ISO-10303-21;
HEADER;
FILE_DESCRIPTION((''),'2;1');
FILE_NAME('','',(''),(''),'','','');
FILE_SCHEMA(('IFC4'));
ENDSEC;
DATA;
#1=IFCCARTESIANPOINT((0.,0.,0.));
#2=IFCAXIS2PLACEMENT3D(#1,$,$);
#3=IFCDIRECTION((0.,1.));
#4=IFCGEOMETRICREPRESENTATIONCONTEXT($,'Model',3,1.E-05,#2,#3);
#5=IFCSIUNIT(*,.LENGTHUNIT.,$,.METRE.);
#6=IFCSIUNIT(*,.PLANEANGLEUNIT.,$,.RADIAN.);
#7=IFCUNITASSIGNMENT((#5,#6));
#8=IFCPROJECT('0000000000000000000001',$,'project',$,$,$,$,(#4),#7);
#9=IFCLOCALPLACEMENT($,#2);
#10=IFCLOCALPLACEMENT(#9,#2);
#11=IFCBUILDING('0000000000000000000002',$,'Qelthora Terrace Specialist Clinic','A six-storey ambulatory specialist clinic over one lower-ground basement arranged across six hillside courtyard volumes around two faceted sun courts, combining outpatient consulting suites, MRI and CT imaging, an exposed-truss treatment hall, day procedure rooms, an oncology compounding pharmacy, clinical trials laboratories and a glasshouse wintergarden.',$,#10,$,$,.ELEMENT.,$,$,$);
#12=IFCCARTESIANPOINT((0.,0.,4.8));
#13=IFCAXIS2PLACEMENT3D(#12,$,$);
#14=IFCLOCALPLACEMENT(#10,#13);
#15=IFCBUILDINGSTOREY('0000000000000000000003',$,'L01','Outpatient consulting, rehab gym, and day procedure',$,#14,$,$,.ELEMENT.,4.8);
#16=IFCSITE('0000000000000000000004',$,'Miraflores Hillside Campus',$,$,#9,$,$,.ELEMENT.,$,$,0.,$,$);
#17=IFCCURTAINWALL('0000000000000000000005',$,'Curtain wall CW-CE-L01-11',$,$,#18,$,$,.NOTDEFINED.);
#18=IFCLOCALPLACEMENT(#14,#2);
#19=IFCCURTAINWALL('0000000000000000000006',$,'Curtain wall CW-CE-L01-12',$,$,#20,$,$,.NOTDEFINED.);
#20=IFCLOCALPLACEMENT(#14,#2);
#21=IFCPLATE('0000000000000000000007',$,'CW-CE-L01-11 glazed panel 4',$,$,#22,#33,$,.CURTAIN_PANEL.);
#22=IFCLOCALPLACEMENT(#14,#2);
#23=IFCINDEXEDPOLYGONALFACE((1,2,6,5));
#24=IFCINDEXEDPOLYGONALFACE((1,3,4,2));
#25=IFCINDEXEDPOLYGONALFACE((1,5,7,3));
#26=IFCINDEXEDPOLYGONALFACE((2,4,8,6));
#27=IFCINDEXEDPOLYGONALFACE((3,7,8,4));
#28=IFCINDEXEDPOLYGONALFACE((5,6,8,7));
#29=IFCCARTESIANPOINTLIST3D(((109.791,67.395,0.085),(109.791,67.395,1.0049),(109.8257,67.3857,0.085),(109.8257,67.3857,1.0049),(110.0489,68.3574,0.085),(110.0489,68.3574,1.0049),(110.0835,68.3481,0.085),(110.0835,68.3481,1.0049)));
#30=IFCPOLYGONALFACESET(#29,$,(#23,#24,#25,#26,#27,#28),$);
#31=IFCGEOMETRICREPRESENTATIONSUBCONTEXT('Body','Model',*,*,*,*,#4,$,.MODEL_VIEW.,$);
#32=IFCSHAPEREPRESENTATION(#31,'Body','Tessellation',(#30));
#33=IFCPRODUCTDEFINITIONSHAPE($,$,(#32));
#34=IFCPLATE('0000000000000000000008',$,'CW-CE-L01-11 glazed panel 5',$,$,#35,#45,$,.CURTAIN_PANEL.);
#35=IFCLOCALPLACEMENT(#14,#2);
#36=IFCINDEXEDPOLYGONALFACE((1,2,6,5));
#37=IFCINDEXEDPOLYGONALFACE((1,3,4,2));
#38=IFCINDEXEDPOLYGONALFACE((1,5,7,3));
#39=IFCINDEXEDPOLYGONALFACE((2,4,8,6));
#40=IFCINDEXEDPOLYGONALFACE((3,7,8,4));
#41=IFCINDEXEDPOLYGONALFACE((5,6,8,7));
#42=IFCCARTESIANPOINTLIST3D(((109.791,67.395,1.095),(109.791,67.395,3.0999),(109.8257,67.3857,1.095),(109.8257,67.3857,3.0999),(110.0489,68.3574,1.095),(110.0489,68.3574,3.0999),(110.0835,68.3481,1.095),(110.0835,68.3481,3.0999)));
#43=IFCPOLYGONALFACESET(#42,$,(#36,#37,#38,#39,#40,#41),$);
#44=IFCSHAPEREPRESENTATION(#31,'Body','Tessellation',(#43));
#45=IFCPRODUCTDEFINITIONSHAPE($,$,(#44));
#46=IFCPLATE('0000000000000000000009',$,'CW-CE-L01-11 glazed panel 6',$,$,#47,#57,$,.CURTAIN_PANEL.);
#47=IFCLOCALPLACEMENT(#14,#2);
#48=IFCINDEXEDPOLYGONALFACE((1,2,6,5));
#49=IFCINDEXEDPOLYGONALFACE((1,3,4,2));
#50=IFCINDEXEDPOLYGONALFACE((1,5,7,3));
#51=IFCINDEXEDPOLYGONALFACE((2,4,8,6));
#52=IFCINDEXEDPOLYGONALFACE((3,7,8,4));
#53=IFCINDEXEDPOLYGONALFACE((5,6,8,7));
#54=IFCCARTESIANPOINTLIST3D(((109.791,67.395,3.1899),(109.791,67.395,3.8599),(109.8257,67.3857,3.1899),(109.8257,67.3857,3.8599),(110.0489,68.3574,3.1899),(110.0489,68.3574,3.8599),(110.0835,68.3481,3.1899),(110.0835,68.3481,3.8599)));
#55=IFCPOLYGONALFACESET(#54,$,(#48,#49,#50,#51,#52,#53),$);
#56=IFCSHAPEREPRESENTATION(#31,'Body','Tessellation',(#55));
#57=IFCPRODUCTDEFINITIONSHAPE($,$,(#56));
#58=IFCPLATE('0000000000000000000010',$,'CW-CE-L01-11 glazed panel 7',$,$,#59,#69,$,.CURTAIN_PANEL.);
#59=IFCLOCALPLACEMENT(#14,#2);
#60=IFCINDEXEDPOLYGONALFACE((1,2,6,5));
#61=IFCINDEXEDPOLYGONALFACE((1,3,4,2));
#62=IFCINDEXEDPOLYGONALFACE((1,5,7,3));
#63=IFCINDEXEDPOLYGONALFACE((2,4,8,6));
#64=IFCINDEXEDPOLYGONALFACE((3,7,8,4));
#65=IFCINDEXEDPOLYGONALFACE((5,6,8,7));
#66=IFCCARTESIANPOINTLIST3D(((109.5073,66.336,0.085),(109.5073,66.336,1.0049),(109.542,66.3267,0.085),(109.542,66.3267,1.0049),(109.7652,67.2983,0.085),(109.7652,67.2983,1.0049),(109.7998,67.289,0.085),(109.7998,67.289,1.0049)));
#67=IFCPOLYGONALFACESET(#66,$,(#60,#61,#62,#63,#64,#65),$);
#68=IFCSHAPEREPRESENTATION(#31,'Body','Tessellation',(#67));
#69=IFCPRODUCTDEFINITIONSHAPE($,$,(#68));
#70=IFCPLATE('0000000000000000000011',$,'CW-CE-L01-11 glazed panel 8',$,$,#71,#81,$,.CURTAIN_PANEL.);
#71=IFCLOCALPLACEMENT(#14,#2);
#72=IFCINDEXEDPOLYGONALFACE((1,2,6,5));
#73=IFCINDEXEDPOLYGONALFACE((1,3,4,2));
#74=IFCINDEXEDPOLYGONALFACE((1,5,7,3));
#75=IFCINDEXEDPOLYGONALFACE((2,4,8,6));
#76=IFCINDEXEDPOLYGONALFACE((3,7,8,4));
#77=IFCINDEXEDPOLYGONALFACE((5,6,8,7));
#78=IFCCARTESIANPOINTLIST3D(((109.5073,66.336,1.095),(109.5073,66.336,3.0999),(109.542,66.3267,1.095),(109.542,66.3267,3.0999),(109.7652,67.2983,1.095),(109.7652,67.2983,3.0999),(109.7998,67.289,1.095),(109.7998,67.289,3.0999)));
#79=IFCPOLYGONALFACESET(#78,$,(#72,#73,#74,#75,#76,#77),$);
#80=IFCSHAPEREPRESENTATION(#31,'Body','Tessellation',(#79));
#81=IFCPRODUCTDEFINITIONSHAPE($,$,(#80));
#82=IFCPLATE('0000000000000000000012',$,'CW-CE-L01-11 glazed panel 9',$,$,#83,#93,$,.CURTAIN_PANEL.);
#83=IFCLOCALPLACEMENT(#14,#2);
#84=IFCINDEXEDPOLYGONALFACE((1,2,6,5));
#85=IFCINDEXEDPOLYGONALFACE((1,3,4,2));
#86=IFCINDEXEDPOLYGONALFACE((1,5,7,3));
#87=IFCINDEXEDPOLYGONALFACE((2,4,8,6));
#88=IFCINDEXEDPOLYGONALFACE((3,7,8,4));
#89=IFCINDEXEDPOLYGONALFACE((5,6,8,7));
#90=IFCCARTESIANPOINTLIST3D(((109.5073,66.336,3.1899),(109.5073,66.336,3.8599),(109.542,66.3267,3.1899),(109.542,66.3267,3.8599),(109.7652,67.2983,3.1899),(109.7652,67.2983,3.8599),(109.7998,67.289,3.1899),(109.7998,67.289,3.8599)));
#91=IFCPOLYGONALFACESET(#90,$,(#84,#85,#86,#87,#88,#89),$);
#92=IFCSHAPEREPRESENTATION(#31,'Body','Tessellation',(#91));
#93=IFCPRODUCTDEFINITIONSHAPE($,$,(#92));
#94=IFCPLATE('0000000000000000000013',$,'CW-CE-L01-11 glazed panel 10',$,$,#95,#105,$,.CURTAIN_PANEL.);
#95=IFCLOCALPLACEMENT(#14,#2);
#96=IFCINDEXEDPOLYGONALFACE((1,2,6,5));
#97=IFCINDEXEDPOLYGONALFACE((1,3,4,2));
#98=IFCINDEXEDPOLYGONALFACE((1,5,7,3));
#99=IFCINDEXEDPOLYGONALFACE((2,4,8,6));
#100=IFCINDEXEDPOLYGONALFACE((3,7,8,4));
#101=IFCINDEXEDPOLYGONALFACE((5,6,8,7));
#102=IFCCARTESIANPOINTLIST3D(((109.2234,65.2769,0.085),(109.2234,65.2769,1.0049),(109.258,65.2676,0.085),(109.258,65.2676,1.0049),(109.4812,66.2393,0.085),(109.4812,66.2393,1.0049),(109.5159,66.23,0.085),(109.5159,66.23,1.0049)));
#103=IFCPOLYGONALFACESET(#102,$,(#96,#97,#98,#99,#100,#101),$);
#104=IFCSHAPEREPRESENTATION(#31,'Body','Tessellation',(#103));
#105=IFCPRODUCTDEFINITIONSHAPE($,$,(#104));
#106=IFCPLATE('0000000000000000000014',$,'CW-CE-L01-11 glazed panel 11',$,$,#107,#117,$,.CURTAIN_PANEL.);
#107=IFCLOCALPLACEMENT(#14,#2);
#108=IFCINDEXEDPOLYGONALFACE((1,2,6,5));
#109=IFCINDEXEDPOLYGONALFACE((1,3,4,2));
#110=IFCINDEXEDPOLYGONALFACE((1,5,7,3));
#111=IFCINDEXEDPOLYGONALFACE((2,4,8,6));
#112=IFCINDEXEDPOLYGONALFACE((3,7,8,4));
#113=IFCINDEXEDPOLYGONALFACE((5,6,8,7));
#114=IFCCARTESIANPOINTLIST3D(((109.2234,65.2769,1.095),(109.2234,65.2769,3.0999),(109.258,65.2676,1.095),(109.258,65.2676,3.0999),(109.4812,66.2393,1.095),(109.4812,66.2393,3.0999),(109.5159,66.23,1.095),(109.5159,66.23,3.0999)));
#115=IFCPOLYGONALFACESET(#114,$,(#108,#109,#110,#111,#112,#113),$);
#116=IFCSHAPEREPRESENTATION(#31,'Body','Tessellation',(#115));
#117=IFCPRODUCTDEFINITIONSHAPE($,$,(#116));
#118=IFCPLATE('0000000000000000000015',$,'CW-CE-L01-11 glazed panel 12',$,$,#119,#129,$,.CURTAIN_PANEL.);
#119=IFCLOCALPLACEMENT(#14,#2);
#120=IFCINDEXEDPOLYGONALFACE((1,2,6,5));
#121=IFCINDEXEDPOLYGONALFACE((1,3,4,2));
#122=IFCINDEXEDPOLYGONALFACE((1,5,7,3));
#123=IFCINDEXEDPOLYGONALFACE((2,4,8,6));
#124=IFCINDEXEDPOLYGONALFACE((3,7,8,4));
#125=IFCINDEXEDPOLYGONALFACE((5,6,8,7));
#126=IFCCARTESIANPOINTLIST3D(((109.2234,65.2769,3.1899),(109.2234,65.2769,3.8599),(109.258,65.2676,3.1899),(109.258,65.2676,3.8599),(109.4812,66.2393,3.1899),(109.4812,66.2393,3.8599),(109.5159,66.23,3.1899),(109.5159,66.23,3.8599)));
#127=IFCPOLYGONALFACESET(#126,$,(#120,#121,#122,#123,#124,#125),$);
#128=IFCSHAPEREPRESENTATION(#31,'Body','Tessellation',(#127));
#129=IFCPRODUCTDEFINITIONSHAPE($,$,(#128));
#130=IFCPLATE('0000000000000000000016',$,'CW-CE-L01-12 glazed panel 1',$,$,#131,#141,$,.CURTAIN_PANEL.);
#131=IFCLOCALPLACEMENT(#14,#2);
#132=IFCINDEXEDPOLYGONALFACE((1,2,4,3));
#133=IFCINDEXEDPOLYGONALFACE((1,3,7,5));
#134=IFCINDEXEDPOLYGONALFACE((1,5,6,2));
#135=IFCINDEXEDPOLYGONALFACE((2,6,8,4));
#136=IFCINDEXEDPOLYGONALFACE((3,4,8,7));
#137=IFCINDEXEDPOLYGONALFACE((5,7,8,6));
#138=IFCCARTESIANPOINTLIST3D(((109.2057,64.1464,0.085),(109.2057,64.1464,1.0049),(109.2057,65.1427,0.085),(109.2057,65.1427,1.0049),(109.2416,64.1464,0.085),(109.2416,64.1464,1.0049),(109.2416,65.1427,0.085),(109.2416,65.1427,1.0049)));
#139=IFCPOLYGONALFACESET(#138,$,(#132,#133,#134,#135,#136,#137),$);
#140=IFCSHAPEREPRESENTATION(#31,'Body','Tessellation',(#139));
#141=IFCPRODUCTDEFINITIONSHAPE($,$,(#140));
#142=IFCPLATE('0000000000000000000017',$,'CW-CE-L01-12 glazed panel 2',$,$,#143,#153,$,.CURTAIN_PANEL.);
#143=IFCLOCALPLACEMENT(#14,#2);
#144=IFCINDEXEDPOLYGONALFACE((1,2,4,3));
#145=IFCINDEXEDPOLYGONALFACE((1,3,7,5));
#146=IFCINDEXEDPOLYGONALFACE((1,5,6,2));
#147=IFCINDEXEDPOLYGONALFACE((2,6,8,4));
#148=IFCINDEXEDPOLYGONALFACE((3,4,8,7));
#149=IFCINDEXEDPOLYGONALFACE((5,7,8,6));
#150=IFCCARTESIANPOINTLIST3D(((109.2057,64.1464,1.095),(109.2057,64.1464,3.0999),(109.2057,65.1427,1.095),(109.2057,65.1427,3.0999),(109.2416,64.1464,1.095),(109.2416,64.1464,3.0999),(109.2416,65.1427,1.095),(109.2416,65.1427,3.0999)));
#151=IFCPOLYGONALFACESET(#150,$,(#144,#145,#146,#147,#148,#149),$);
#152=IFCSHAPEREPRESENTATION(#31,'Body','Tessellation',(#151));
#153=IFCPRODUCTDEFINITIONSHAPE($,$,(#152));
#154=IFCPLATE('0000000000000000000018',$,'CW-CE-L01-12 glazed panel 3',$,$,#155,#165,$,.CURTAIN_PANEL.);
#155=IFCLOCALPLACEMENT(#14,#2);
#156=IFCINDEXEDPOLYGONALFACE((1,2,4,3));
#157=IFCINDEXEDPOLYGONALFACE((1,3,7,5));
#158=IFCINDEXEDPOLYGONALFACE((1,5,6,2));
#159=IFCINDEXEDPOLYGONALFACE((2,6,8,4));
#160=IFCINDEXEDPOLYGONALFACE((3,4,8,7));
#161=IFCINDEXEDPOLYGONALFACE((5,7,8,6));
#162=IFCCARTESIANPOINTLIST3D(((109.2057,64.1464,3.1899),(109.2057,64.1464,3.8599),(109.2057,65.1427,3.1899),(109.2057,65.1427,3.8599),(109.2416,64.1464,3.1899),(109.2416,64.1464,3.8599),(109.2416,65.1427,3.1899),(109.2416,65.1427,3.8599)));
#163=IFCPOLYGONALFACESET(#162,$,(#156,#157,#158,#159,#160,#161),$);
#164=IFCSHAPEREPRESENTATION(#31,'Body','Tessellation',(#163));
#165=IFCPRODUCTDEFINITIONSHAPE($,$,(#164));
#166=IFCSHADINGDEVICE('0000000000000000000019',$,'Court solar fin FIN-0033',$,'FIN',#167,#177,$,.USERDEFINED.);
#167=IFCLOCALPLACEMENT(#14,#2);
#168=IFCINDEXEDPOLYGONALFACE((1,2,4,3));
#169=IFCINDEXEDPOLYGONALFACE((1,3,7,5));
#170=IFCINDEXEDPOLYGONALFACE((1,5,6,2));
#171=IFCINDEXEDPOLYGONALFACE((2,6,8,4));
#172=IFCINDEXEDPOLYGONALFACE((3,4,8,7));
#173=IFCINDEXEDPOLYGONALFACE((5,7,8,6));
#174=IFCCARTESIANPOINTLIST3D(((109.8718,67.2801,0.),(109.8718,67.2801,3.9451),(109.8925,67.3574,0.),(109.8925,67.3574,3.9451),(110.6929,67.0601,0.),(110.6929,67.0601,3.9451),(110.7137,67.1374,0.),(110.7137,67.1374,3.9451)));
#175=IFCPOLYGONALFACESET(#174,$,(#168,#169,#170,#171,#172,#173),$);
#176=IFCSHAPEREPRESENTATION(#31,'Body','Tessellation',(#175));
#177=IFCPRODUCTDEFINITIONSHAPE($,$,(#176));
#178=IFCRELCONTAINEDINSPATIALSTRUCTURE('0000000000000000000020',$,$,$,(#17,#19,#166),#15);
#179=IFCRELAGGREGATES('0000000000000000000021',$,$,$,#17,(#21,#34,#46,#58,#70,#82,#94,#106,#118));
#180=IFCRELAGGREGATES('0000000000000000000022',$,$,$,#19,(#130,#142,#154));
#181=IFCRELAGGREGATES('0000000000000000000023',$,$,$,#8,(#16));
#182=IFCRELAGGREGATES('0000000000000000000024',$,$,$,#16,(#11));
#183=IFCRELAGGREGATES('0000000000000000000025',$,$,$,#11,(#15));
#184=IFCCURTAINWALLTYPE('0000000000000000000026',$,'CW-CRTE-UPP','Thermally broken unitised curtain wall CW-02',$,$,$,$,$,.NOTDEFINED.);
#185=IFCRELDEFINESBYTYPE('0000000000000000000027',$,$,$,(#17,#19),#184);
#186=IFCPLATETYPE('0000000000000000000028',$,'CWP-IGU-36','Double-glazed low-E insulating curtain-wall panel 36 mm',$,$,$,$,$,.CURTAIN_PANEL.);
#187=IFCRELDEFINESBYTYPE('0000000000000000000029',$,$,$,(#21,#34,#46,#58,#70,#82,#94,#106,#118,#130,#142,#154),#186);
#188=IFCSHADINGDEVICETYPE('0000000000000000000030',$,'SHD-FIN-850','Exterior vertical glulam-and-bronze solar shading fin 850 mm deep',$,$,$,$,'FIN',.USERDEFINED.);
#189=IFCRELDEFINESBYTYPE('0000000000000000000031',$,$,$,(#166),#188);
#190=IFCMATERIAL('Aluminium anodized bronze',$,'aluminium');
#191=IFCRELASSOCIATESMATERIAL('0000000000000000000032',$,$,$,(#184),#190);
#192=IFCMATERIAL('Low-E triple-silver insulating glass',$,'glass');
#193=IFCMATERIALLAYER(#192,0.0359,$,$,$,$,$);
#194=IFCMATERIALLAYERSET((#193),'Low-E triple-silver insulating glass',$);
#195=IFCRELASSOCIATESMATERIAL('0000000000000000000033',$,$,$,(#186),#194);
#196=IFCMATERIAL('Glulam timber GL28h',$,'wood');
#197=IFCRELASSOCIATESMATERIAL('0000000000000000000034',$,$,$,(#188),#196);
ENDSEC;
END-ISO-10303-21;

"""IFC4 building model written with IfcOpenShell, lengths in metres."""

from ifc_helpers import new_model, si_unit, direction, frame, origin, origin_2d, place, context, subcontext, project, spatial, rectangle, extrude, material, layer, layer_set, type_object, element, aggregate, save


model = new_model("IFC4")

# Units and contexts
model_context = context("Model", 3, precision=1e-05, world=origin(), true_north=direction((0.0, 1.0)))
body_context = subcontext(model_context, "Body", "Model", "MODEL_VIEW")
ifc_project = project(units=[si_unit("LENGTHUNIT", "METRE"), si_unit("PLANEANGLEUNIT", "RADIAN")], contexts=[model_context])

# Site, building, storey
site_placement = place(None, origin())
site = spatial("IfcSite", under=ifc_project, at=site_placement, Name="Miraflores Hillside Campus", CompositionType="ELEMENT", RefElevation=0.0)
building_placement = place(site_placement, origin())
building = spatial("IfcBuilding", under=site, at=building_placement, Name="Qelthora Terrace Specialist Clinic", Description="A six-storey ambulatory specialist clinic over one lower-ground basement arranged across six hillside courtyard volumes around two faceted sun courts, combining outpatient consulting suites, MRI and CT imaging, an exposed-truss treatment hall, day procedure rooms, an oncology compounding pharmacy, clinical trials laboratories and a glasshouse wintergarden.", CompositionType="ELEMENT")
storey_placement = place(building_placement, frame((0.0, 0.0, 4.8)))
storey = spatial("IfcBuildingStorey", under=building, at=storey_placement, Name="L01", Description="Outpatient consulting, rehab gym, and day procedure", CompositionType="ELEMENT", Elevation=4.8)

# Curtain walls
ifc_material_1 = material(Name="Aluminium anodized bronze", Category="aluminium")
curtain_wall_type = type_object("IfcCurtainWallType", Name="CW-CRTE-UPP", Description="Thermally broken unitised curtain wall CW-02", PredefinedType="NOTDEFINED", material=ifc_material_1)
curtain_wall_1_placement = place(storey_placement, origin())
curtain_wall_1 = element("IfcCurtainWall", 1, at=curtain_wall_1_placement, inside=storey, type_object=curtain_wall_type, Name="Curtain wall CW-CE-L01-11", PredefinedType="NOTDEFINED")
curtain_wall_2_placement = place(storey_placement, origin())
curtain_wall_2 = element("IfcCurtainWall", 2, at=curtain_wall_2_placement, inside=storey, type_object=curtain_wall_type, Name="Curtain wall CW-CE-L01-12", PredefinedType="NOTDEFINED")

# Plates
ifc_material_2 = material(Name="Low-E triple-silver insulating glass", Category="glass")
ifc_layer = layer(ifc_material_2, 0.0359)
ifc_layer_set = layer_set([ifc_layer], Name="Low-E triple-silver insulating glass")
plate_type = type_object("IfcPlateType", Name="CWP-IGU-36", Description="Double-glazed low-E insulating curtain-wall panel 36 mm", PredefinedType="CURTAIN_PANEL", material=ifc_layer_set)
plate_1_placement = place(storey_placement, frame((109.9373, 67.8716, 0.085), z_axis=(0.0, 0.0, 1.0), x_axis=(-0.258819, -0.965926, 0.0)))
plate_1 = element("IfcPlate", 3, at=plate_1_placement, type_object=plate_type, Name="CW-CE-L01-11 glazed panel 4", PredefinedType="CURTAIN_PANEL", context=body_context, shape_type="SweptSolid", body=[
    extrude(rectangle(XDim=0.9963, YDim=0.0359, at=origin_2d()), origin(), (0.0, 0.0, 1.0), 0.9199),
])
plate_2_placement = place(storey_placement, frame((109.9373, 67.8716, 1.095), z_axis=(0.0, 0.0, 1.0), x_axis=(-0.258819, -0.965926, 0.0)))
plate_2 = element("IfcPlate", 4, at=plate_2_placement, type_object=plate_type, Name="CW-CE-L01-11 glazed panel 5", PredefinedType="CURTAIN_PANEL", context=body_context, shape_type="SweptSolid", body=[
    extrude(rectangle(XDim=0.9963, YDim=0.0359, at=origin_2d()), origin(), (0.0, 0.0, 1.0), 2.0049),
])
plate_3_placement = place(storey_placement, frame((109.9373, 67.8716, 3.1899), z_axis=(0.0, 0.0, 1.0), x_axis=(-0.258819, -0.965926, 0.0)))
plate_3 = element("IfcPlate", 5, at=plate_3_placement, type_object=plate_type, Name="CW-CE-L01-11 glazed panel 6", PredefinedType="CURTAIN_PANEL", context=body_context, shape_type="SweptSolid", body=[
    extrude(rectangle(XDim=0.9963, YDim=0.0359, at=origin_2d()), origin(), (0.0, 0.0, 1.0), 0.6699),
])
plate_4_placement = place(storey_placement, frame((109.6536, 66.8125, 0.085), z_axis=(0.0, 0.0, 1.0), x_axis=(-0.258819, -0.965926, 0.0)))
plate_4 = element("IfcPlate", 6, at=plate_4_placement, type_object=plate_type, Name="CW-CE-L01-11 glazed panel 7", PredefinedType="CURTAIN_PANEL", context=body_context, shape_type="SweptSolid", body=[
    extrude(rectangle(XDim=0.9963, YDim=0.0359, at=origin_2d()), origin(), (0.0, 0.0, 1.0), 0.9199),
])
plate_5_placement = place(storey_placement, frame((109.6536, 66.8125, 1.095), z_axis=(0.0, 0.0, 1.0), x_axis=(-0.258819, -0.965926, 0.0)))
plate_5 = element("IfcPlate", 7, at=plate_5_placement, type_object=plate_type, Name="CW-CE-L01-11 glazed panel 8", PredefinedType="CURTAIN_PANEL", context=body_context, shape_type="SweptSolid", body=[
    extrude(rectangle(XDim=0.9963, YDim=0.0359, at=origin_2d()), origin(), (0.0, 0.0, 1.0), 2.0049),
])
plate_6_placement = place(storey_placement, frame((109.6536, 66.8125, 3.1899), z_axis=(0.0, 0.0, 1.0), x_axis=(-0.258819, -0.965926, 0.0)))
plate_6 = element("IfcPlate", 8, at=plate_6_placement, type_object=plate_type, Name="CW-CE-L01-11 glazed panel 9", PredefinedType="CURTAIN_PANEL", context=body_context, shape_type="SweptSolid", body=[
    extrude(rectangle(XDim=0.9963, YDim=0.0359, at=origin_2d()), origin(), (0.0, 0.0, 1.0), 0.6699),
])
plate_7_placement = place(storey_placement, frame((109.3696, 65.7534, 0.085), z_axis=(0.0, 0.0, 1.0), x_axis=(-0.258819, -0.965926, 0.0)))
plate_7 = element("IfcPlate", 9, at=plate_7_placement, type_object=plate_type, Name="CW-CE-L01-11 glazed panel 10", PredefinedType="CURTAIN_PANEL", context=body_context, shape_type="SweptSolid", body=[
    extrude(rectangle(XDim=0.9963, YDim=0.0359, at=origin_2d()), origin(), (0.0, 0.0, 1.0), 0.9199),
])
plate_8_placement = place(storey_placement, frame((109.3696, 65.7534, 1.095), z_axis=(0.0, 0.0, 1.0), x_axis=(-0.258819, -0.965926, 0.0)))
plate_8 = element("IfcPlate", 10, at=plate_8_placement, type_object=plate_type, Name="CW-CE-L01-11 glazed panel 11", PredefinedType="CURTAIN_PANEL", context=body_context, shape_type="SweptSolid", body=[
    extrude(rectangle(XDim=0.9963, YDim=0.0359, at=origin_2d()), origin(), (0.0, 0.0, 1.0), 2.0049),
])
plate_9_placement = place(storey_placement, frame((109.3696, 65.7534, 3.1899), z_axis=(0.0, 0.0, 1.0), x_axis=(-0.258819, -0.965926, 0.0)))
plate_9 = element("IfcPlate", 11, at=plate_9_placement, type_object=plate_type, Name="CW-CE-L01-11 glazed panel 12", PredefinedType="CURTAIN_PANEL", context=body_context, shape_type="SweptSolid", body=[
    extrude(rectangle(XDim=0.9963, YDim=0.0359, at=origin_2d()), origin(), (0.0, 0.0, 1.0), 0.6699),
])
aggregate(curtain_wall_1, [plate_1, plate_2, plate_3, plate_4, plate_5, plate_6, plate_7, plate_8, plate_9])
plate_10_placement = place(storey_placement, frame((109.2236, 64.6445, 0.085), z_axis=(0.0, 0.0, 1.0), x_axis=(0.0, -1.0, 0.0)))
plate_10 = element("IfcPlate", 12, at=plate_10_placement, type_object=plate_type, Name="CW-CE-L01-12 glazed panel 1", PredefinedType="CURTAIN_PANEL", context=body_context, shape_type="SweptSolid", body=[
    extrude(rectangle(XDim=0.9963, YDim=0.0359, at=origin_2d()), origin(), (0.0, 0.0, 1.0), 0.9199),
])
plate_11_placement = place(storey_placement, frame((109.2236, 64.6445, 1.095), z_axis=(0.0, 0.0, 1.0), x_axis=(0.0, -1.0, 0.0)))
plate_11 = element("IfcPlate", 13, at=plate_11_placement, type_object=plate_type, Name="CW-CE-L01-12 glazed panel 2", PredefinedType="CURTAIN_PANEL", context=body_context, shape_type="SweptSolid", body=[
    extrude(rectangle(XDim=0.9963, YDim=0.0359, at=origin_2d()), origin(), (0.0, 0.0, 1.0), 2.0049),
])
plate_12_placement = place(storey_placement, frame((109.2236, 64.6445, 3.1899), z_axis=(0.0, 0.0, 1.0), x_axis=(0.0, -1.0, 0.0)))
plate_12 = element("IfcPlate", 14, at=plate_12_placement, type_object=plate_type, Name="CW-CE-L01-12 glazed panel 3", PredefinedType="CURTAIN_PANEL", context=body_context, shape_type="SweptSolid", body=[
    extrude(rectangle(XDim=0.9963, YDim=0.0359, at=origin_2d()), origin(), (0.0, 0.0, 1.0), 0.6699),
])
aggregate(curtain_wall_2, [plate_10, plate_11, plate_12])

# Shading device
ifc_material_3 = material(Name="Glulam timber GL28h", Category="wood")
shading_device_type = type_object("IfcShadingDeviceType", Name="SHD-FIN-850", Description="Exterior vertical glulam-and-bronze solar shading fin 850 mm deep", ElementType="FIN", PredefinedType="USERDEFINED", material=ifc_material_3)
shading_device_placement = place(storey_placement, frame((110.2927, 67.2087, 0.0), z_axis=(0.0, 0.0, 1.0), x_axis=(0.965926, -0.258819, 0.0)))
element("IfcShadingDevice", 15, at=shading_device_placement, inside=storey, type_object=shading_device_type, Name="Court solar fin FIN-0033", ObjectType="FIN", PredefinedType="USERDEFINED", context=body_context, shape_type="SweptSolid", body=[
    extrude(rectangle(XDim=0.8501, YDim=0.0801, at=origin_2d()), origin(), (0.0, 0.0, 1.0), 3.9451),
])

save(model, "model.ifc")
